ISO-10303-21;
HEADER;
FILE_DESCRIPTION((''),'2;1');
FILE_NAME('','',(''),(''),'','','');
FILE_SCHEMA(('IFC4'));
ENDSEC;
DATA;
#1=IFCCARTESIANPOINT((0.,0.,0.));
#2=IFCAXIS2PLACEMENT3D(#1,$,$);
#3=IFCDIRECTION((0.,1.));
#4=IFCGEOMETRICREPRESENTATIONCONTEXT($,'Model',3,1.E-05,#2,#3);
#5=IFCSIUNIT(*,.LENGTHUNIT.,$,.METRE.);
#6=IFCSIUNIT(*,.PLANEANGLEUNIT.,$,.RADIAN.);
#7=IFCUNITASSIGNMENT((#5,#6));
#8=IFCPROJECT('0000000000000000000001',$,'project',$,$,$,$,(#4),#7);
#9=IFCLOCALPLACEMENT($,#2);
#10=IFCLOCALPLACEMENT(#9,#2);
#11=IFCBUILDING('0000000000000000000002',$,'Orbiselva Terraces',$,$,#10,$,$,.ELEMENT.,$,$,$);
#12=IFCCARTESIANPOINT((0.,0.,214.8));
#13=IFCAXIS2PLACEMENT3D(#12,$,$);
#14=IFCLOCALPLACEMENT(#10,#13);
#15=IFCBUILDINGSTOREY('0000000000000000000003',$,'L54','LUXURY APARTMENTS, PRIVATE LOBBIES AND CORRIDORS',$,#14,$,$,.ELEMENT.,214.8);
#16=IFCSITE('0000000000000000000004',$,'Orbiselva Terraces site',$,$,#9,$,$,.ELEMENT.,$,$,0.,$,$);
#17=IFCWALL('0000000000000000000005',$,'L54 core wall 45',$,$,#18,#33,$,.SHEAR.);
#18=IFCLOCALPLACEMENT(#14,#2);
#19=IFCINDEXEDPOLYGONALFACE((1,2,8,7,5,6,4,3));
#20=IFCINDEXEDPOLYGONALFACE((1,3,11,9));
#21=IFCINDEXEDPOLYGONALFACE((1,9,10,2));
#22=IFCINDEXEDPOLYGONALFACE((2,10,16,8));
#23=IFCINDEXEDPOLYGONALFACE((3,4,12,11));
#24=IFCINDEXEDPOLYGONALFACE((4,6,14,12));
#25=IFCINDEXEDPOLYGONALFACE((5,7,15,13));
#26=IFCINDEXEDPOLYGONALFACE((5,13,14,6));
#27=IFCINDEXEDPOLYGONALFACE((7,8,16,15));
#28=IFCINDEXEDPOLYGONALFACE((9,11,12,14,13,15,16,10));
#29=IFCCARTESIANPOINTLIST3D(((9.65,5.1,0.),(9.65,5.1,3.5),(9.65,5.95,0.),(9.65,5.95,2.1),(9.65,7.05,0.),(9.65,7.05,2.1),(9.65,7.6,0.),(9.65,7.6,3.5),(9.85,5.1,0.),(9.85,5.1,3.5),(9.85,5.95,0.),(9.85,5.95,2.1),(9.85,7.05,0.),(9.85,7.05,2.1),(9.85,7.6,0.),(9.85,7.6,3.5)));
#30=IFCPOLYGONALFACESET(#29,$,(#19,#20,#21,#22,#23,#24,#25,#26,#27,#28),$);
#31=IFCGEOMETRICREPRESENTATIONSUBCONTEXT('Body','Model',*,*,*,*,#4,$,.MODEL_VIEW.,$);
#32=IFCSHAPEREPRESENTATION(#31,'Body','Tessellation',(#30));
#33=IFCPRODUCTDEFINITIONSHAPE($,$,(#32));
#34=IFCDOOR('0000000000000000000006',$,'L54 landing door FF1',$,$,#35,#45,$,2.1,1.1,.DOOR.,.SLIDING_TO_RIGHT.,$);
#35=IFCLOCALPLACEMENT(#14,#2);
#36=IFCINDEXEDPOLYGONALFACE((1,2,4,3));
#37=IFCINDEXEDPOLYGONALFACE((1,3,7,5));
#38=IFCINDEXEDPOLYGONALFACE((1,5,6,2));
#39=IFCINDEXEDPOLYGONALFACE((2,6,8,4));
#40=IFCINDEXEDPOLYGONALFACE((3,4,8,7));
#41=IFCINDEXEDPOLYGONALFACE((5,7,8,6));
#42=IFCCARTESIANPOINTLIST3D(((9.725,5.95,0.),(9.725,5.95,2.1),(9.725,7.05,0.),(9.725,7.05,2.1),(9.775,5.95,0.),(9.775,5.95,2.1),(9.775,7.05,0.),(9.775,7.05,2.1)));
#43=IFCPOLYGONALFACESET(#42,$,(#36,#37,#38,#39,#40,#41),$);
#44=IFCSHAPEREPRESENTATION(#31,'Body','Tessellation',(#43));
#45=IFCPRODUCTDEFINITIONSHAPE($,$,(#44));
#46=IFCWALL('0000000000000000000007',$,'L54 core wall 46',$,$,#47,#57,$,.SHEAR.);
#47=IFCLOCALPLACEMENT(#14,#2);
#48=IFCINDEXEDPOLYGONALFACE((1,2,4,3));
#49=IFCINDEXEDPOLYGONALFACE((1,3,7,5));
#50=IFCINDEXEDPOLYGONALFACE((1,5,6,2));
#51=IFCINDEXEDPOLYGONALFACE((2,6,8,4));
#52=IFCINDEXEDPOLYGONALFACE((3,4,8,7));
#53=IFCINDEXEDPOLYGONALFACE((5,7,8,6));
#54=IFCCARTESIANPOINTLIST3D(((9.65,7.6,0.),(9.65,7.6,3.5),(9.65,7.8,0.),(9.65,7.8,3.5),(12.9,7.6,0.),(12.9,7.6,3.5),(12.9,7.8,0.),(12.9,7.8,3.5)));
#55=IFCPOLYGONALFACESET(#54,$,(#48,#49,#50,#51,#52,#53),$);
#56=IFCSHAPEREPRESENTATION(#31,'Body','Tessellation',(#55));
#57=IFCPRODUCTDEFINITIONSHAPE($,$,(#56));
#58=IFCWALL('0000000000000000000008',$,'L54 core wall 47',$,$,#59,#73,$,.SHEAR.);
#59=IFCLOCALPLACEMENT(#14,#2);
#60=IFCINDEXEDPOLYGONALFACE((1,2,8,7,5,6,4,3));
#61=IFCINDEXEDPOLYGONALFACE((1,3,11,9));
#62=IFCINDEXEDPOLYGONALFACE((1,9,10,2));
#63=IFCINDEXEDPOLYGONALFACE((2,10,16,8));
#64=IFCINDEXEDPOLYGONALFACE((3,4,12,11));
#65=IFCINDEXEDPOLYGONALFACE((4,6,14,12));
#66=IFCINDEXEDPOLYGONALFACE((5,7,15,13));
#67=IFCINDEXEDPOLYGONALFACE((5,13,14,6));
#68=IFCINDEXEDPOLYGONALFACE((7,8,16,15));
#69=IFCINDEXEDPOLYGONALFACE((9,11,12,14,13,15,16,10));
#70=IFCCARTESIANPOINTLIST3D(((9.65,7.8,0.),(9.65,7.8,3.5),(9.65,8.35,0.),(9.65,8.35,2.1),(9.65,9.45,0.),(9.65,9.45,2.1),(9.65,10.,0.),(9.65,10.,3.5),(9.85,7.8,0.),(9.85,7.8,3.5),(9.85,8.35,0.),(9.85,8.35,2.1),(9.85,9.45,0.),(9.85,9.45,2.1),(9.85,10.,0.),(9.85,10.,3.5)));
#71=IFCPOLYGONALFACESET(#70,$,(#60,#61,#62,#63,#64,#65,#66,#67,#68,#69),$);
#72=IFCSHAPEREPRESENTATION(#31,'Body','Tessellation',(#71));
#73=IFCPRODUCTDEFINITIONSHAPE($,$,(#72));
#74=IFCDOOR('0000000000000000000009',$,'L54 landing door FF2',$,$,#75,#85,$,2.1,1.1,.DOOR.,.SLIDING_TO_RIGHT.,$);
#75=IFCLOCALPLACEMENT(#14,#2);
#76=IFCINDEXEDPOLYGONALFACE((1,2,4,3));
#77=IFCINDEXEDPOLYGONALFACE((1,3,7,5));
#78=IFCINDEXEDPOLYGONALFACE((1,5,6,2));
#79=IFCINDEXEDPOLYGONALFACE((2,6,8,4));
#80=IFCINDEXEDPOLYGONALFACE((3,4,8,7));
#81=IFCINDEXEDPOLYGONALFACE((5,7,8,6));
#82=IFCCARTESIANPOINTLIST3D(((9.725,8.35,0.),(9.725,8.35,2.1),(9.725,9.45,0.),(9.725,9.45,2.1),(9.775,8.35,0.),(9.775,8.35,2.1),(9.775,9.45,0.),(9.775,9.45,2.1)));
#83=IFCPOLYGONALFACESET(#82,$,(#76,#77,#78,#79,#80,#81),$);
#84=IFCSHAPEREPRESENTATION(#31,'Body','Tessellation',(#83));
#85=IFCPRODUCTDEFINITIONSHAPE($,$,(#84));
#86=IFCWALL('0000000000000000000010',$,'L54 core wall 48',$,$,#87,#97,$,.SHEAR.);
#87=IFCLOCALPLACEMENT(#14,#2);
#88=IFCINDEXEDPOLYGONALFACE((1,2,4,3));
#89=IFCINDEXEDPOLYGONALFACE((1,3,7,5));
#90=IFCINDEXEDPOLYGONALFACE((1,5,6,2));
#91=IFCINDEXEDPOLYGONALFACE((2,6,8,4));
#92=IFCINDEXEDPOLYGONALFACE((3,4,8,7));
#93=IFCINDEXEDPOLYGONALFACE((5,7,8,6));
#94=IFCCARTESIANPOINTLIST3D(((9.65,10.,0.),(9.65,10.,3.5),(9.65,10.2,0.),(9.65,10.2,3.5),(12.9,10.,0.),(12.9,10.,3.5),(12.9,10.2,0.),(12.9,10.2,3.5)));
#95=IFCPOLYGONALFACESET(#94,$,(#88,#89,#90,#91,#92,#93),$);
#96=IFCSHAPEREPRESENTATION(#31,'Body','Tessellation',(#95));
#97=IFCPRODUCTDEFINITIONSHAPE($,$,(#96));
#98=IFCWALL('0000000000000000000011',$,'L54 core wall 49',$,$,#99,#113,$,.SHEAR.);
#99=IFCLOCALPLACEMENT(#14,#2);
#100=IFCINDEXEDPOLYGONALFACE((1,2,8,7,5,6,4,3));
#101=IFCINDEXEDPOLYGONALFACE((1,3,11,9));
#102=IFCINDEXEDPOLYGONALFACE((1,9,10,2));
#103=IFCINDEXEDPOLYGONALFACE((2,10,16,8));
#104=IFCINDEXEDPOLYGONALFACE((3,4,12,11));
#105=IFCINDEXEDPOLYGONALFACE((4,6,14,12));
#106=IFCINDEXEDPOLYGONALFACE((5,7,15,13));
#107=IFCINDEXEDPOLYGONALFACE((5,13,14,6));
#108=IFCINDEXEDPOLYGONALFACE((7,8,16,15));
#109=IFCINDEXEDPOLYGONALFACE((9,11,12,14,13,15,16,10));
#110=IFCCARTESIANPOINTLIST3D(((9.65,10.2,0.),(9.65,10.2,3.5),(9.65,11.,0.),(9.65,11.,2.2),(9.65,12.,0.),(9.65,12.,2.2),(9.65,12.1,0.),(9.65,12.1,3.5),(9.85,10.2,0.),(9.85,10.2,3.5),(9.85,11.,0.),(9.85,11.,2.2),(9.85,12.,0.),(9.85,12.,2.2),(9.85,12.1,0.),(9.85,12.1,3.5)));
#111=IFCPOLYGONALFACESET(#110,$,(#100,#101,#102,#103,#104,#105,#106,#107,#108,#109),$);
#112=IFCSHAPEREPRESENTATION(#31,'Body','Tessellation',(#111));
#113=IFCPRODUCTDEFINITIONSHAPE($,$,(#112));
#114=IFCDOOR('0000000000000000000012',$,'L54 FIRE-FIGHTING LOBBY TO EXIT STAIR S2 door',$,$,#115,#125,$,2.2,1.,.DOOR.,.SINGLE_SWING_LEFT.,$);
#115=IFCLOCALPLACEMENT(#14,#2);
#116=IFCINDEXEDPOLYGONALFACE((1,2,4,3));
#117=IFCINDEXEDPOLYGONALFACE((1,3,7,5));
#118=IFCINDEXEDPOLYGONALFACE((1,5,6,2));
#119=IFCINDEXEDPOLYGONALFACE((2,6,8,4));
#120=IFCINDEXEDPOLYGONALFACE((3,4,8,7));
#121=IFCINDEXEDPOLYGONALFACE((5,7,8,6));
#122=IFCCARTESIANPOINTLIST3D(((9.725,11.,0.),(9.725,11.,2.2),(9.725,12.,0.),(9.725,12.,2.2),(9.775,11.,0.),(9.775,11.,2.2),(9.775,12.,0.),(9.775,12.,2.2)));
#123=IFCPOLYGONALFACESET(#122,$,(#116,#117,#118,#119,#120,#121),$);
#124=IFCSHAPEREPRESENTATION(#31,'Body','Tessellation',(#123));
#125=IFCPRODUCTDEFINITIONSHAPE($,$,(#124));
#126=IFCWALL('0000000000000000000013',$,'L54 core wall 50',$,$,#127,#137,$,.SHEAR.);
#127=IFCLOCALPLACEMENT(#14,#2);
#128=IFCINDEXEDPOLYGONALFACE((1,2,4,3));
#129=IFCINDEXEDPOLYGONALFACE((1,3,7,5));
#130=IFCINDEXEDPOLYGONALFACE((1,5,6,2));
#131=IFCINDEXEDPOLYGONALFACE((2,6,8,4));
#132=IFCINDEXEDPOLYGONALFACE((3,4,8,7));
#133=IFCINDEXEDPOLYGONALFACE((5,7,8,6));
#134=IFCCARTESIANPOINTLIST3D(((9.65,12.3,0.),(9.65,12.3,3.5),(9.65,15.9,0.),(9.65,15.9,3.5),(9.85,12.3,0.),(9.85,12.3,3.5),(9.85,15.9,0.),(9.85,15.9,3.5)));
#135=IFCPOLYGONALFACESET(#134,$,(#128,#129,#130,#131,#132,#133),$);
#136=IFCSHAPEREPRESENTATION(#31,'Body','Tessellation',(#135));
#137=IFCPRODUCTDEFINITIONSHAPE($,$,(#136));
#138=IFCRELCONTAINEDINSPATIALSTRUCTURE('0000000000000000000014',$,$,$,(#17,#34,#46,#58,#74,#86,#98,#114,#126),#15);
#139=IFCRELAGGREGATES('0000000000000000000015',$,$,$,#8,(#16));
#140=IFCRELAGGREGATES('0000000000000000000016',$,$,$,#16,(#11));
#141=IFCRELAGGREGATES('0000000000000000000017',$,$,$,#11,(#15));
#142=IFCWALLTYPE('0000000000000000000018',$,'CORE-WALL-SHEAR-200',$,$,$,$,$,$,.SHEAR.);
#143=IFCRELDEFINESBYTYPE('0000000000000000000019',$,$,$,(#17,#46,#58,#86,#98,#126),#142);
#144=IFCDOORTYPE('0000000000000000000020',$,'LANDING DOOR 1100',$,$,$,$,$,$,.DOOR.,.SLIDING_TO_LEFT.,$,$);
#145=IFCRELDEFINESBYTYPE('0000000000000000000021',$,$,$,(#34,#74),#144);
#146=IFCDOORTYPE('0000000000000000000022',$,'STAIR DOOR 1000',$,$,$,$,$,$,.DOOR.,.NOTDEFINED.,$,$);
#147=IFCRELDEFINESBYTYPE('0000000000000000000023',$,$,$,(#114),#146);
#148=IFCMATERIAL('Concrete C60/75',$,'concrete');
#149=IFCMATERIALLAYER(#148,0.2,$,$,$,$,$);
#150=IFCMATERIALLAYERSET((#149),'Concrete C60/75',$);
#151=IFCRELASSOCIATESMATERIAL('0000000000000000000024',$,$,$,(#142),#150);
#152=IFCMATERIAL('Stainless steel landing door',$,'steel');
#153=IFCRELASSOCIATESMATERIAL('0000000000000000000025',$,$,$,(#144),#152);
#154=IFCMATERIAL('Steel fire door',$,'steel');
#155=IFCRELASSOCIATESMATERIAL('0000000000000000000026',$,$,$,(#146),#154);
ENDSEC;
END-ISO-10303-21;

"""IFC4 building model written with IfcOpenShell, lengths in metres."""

from ifc_helpers import new_model, si_unit, direction, frame, frame_2d, origin, place, context, subcontext, project, spatial, rectangle, extrude, material, layer, layer_set, type_object, element, fill, save


model = new_model("IFC4")

# Units and contexts
model_context = context("Model", 3, precision=1e-05, world=origin(), true_north=direction((0.0, 1.0)))
body_context = subcontext(model_context, "Body", "Model", "MODEL_VIEW")
ifc_project = project(units=[si_unit("LENGTHUNIT", "METRE"), si_unit("PLANEANGLEUNIT", "RADIAN")], contexts=[model_context])

# Site, building, storey
site_placement = place(None, origin())
site = spatial("IfcSite", under=ifc_project, at=site_placement, Name="Orbiselva Terraces site", CompositionType="ELEMENT", RefElevation=0.0)
building_placement = place(site_placement, origin())
building = spatial("IfcBuilding", under=site, at=building_placement, Name="Orbiselva Terraces", CompositionType="ELEMENT")
storey_placement = place(building_placement, frame((0.0, 0.0, 214.8)))
storey = spatial("IfcBuildingStorey", under=building, at=storey_placement, Name="L54", Description="LUXURY APARTMENTS, PRIVATE LOBBIES AND CORRIDORS", CompositionType="ELEMENT", Elevation=214.8)

# Shared definitions
ifc_material_1 = material(Name="Steel fire door", Category="steel")

# Shared definitions
ifc_material_2 = material(Name="Concrete C60/75", Category="concrete")
ifc_layer_1 = layer(ifc_material_2, 0.2)
ifc_layer_set_1 = layer_set([ifc_layer_1], Name="Concrete C60/75")
wall_type_1 = type_object("IfcWallType", Name="CORE-WALL-SHEAR-200", PredefinedType="SHEAR", material=ifc_layer_set_1)

# Wall, opening, door
wall_1_placement = place(storey_placement, frame((9.75, 5.1, 0.0), z_axis=(0.0, 0.0, 1.0), x_axis=(0.0, 1.0, 0.0)))
wall_1 = element("IfcWall", 1, at=wall_1_placement, inside=storey, type_object=wall_type_1, Name="L54 core wall 45", PredefinedType="SHEAR", context=body_context, shape_type="SweptSolid", body=[
    extrude(rectangle(XDim=2.5, YDim=0.2, at=frame_2d((1.25, 0.0))), origin(), (0.0, 0.0, 1.0), 3.5),
])
opening_1_placement = place(wall_1_placement, frame((0.85, 0.0, 0.0)))
opening_1 = element("IfcOpeningElement", 2, at=opening_1_placement, cuts=wall_1, PredefinedType="OPENING", context=body_context, shape_type="SweptSolid", body=[
    extrude(rectangle(XDim=1.1, YDim=2.1, at=frame_2d((0.55, 1.05))), frame((0.0, 0.11, 0.0), z_axis=(0.0, -1.0, 0.0), x_axis=(1.0, 0.0, 0.0)), (0.0, 0.0, 1.0), 0.22),
])
ifc_material_3 = material(Name="Stainless steel landing door", Category="steel")
door_type_1 = type_object("IfcDoorType", Name="LANDING DOOR 1100", OperationType="SLIDING_TO_LEFT", PredefinedType="DOOR", material=ifc_material_3)
door_1_placement = place(opening_1_placement, origin())
door_1 = element("IfcDoor", 3, at=door_1_placement, inside=storey, type_object=door_type_1, Name="L54 landing door FF1", OperationType="SLIDING_TO_RIGHT", OverallHeight=2.1, OverallWidth=1.1, PredefinedType="DOOR", context=body_context, shape_type="SweptSolid", body=[
    extrude(rectangle(XDim=1.1, YDim=2.1, at=frame_2d((0.55, 1.05))), frame((0.0, 0.025, 0.0), z_axis=(0.0, -1.0, 0.0), x_axis=(1.0, 0.0, 0.0)), (0.0, 0.0, 1.0), 0.05),
])
fill(opening_1, door_1)

# Wall
wall_2_placement = place(storey_placement, frame((9.65, 7.7, 0.0), z_axis=(0.0, 0.0, 1.0), x_axis=(1.0, 0.0, 0.0)))
element("IfcWall", 4, at=wall_2_placement, inside=storey, type_object=wall_type_1, Name="L54 core wall 46", PredefinedType="SHEAR", context=body_context, shape_type="SweptSolid", body=[
    extrude(rectangle(XDim=3.25, YDim=0.2, at=frame_2d((1.625, 0.0))), origin(), (0.0, 0.0, 1.0), 3.5),
])

# Wall, opening, door
wall_3_placement = place(storey_placement, frame((9.75, 7.8, 0.0), z_axis=(0.0, 0.0, 1.0), x_axis=(0.0, 1.0, 0.0)))
wall_3 = element("IfcWall", 5, at=wall_3_placement, inside=storey, type_object=wall_type_1, Name="L54 core wall 47", PredefinedType="SHEAR", context=body_context, shape_type="SweptSolid", body=[
    extrude(rectangle(XDim=2.2, YDim=0.2, at=frame_2d((1.1, 0.0))), origin(), (0.0, 0.0, 1.0), 3.5),
])
opening_2_placement = place(wall_3_placement, frame((0.55, 0.0, 0.0)))
opening_2 = element("IfcOpeningElement", 6, at=opening_2_placement, cuts=wall_3, PredefinedType="OPENING", context=body_context, shape_type="SweptSolid", body=[
    extrude(rectangle(XDim=1.1, YDim=2.1, at=frame_2d((0.55, 1.05))), frame((0.0, 0.11, 0.0), z_axis=(0.0, -1.0, 0.0), x_axis=(1.0, 0.0, 0.0)), (0.0, 0.0, 1.0), 0.22),
])
door_2_placement = place(opening_2_placement, origin())
door_2 = element("IfcDoor", 7, at=door_2_placement, inside=storey, type_object=door_type_1, Name="L54 landing door FF2", OperationType="SLIDING_TO_RIGHT", OverallHeight=2.1, OverallWidth=1.1, PredefinedType="DOOR", context=body_context, shape_type="SweptSolid", body=[
    extrude(rectangle(XDim=1.1, YDim=2.1, at=frame_2d((0.55, 1.05))), frame((0.0, 0.025, 0.0), z_axis=(0.0, -1.0, 0.0), x_axis=(1.0, 0.0, 0.0)), (0.0, 0.0, 1.0), 0.05),
])
fill(opening_2, door_2)

# Wall
wall_4_placement = place(storey_placement, frame((9.65, 10.1, 0.0), z_axis=(0.0, 0.0, 1.0), x_axis=(1.0, 0.0, 0.0)))
element("IfcWall", 8, at=wall_4_placement, inside=storey, type_object=wall_type_1, Name="L54 core wall 48", PredefinedType="SHEAR", context=body_context, shape_type="SweptSolid", body=[
    extrude(rectangle(XDim=3.25, YDim=0.2, at=frame_2d((1.625, 0.0))), origin(), (0.0, 0.0, 1.0), 3.5),
])

# Wall, opening, door
wall_5_placement = place(storey_placement, frame((9.75, 12.1, 0.0), z_axis=(0.0, 0.0, 1.0), x_axis=(0.0, -1.0, 0.0)))
wall_5 = element("IfcWall", 9, at=wall_5_placement, inside=storey, type_object=wall_type_1, Name="L54 core wall 49", PredefinedType="SHEAR", context=body_context, shape_type="SweptSolid", body=[
    extrude(rectangle(XDim=1.9, YDim=0.2, at=frame_2d((0.95, 0.0))), origin(), (0.0, 0.0, 1.0), 3.5),
])
opening_3_placement = place(wall_5_placement, frame((0.1, 0.0, 0.0)))
opening_3 = element("IfcOpeningElement", 10, at=opening_3_placement, cuts=wall_5, PredefinedType="OPENING", context=body_context, shape_type="SweptSolid", body=[
    extrude(rectangle(XDim=1.0, YDim=2.2, at=frame_2d((0.5, 1.1))), frame((0.0, 0.11, 0.0), z_axis=(0.0, -1.0, 0.0), x_axis=(1.0, 0.0, 0.0)), (0.0, 0.0, 1.0), 0.22),
])
door_type_2 = type_object("IfcDoorType", Name="STAIR DOOR 1000", OperationType="NOTDEFINED", PredefinedType="DOOR", material=ifc_material_1)
door_3_placement = place(opening_3_placement, origin())
door_3 = element("IfcDoor", 11, at=door_3_placement, inside=storey, type_object=door_type_2, Name="L54 FIRE-FIGHTING LOBBY TO EXIT STAIR S2 door", OperationType="SINGLE_SWING_LEFT", OverallHeight=2.2, OverallWidth=1.0, PredefinedType="DOOR", context=body_context, shape_type="SweptSolid", body=[
    extrude(rectangle(XDim=1.0, YDim=2.2, at=frame_2d((0.5, 1.1))), frame((0.0, 0.025, 0.0), z_axis=(0.0, -1.0, 0.0), x_axis=(1.0, 0.0, 0.0)), (0.0, 0.0, 1.0), 0.05),
])
fill(opening_3, door_3)

# Wall
wall_6_placement = place(storey_placement, frame((9.75, 12.3, 0.0), z_axis=(0.0, 0.0, 1.0), x_axis=(0.0, 1.0, 0.0)))
element("IfcWall", 12, at=wall_6_placement, inside=storey, type_object=wall_type_1, Name="L54 core wall 50", PredefinedType="SHEAR", context=body_context, shape_type="SweptSolid", body=[
    extrude(rectangle(XDim=3.6, YDim=0.2, at=frame_2d((1.8, 0.0))), origin(), (0.0, 0.0, 1.0), 3.5),
])

save(model, "model.ifc")
